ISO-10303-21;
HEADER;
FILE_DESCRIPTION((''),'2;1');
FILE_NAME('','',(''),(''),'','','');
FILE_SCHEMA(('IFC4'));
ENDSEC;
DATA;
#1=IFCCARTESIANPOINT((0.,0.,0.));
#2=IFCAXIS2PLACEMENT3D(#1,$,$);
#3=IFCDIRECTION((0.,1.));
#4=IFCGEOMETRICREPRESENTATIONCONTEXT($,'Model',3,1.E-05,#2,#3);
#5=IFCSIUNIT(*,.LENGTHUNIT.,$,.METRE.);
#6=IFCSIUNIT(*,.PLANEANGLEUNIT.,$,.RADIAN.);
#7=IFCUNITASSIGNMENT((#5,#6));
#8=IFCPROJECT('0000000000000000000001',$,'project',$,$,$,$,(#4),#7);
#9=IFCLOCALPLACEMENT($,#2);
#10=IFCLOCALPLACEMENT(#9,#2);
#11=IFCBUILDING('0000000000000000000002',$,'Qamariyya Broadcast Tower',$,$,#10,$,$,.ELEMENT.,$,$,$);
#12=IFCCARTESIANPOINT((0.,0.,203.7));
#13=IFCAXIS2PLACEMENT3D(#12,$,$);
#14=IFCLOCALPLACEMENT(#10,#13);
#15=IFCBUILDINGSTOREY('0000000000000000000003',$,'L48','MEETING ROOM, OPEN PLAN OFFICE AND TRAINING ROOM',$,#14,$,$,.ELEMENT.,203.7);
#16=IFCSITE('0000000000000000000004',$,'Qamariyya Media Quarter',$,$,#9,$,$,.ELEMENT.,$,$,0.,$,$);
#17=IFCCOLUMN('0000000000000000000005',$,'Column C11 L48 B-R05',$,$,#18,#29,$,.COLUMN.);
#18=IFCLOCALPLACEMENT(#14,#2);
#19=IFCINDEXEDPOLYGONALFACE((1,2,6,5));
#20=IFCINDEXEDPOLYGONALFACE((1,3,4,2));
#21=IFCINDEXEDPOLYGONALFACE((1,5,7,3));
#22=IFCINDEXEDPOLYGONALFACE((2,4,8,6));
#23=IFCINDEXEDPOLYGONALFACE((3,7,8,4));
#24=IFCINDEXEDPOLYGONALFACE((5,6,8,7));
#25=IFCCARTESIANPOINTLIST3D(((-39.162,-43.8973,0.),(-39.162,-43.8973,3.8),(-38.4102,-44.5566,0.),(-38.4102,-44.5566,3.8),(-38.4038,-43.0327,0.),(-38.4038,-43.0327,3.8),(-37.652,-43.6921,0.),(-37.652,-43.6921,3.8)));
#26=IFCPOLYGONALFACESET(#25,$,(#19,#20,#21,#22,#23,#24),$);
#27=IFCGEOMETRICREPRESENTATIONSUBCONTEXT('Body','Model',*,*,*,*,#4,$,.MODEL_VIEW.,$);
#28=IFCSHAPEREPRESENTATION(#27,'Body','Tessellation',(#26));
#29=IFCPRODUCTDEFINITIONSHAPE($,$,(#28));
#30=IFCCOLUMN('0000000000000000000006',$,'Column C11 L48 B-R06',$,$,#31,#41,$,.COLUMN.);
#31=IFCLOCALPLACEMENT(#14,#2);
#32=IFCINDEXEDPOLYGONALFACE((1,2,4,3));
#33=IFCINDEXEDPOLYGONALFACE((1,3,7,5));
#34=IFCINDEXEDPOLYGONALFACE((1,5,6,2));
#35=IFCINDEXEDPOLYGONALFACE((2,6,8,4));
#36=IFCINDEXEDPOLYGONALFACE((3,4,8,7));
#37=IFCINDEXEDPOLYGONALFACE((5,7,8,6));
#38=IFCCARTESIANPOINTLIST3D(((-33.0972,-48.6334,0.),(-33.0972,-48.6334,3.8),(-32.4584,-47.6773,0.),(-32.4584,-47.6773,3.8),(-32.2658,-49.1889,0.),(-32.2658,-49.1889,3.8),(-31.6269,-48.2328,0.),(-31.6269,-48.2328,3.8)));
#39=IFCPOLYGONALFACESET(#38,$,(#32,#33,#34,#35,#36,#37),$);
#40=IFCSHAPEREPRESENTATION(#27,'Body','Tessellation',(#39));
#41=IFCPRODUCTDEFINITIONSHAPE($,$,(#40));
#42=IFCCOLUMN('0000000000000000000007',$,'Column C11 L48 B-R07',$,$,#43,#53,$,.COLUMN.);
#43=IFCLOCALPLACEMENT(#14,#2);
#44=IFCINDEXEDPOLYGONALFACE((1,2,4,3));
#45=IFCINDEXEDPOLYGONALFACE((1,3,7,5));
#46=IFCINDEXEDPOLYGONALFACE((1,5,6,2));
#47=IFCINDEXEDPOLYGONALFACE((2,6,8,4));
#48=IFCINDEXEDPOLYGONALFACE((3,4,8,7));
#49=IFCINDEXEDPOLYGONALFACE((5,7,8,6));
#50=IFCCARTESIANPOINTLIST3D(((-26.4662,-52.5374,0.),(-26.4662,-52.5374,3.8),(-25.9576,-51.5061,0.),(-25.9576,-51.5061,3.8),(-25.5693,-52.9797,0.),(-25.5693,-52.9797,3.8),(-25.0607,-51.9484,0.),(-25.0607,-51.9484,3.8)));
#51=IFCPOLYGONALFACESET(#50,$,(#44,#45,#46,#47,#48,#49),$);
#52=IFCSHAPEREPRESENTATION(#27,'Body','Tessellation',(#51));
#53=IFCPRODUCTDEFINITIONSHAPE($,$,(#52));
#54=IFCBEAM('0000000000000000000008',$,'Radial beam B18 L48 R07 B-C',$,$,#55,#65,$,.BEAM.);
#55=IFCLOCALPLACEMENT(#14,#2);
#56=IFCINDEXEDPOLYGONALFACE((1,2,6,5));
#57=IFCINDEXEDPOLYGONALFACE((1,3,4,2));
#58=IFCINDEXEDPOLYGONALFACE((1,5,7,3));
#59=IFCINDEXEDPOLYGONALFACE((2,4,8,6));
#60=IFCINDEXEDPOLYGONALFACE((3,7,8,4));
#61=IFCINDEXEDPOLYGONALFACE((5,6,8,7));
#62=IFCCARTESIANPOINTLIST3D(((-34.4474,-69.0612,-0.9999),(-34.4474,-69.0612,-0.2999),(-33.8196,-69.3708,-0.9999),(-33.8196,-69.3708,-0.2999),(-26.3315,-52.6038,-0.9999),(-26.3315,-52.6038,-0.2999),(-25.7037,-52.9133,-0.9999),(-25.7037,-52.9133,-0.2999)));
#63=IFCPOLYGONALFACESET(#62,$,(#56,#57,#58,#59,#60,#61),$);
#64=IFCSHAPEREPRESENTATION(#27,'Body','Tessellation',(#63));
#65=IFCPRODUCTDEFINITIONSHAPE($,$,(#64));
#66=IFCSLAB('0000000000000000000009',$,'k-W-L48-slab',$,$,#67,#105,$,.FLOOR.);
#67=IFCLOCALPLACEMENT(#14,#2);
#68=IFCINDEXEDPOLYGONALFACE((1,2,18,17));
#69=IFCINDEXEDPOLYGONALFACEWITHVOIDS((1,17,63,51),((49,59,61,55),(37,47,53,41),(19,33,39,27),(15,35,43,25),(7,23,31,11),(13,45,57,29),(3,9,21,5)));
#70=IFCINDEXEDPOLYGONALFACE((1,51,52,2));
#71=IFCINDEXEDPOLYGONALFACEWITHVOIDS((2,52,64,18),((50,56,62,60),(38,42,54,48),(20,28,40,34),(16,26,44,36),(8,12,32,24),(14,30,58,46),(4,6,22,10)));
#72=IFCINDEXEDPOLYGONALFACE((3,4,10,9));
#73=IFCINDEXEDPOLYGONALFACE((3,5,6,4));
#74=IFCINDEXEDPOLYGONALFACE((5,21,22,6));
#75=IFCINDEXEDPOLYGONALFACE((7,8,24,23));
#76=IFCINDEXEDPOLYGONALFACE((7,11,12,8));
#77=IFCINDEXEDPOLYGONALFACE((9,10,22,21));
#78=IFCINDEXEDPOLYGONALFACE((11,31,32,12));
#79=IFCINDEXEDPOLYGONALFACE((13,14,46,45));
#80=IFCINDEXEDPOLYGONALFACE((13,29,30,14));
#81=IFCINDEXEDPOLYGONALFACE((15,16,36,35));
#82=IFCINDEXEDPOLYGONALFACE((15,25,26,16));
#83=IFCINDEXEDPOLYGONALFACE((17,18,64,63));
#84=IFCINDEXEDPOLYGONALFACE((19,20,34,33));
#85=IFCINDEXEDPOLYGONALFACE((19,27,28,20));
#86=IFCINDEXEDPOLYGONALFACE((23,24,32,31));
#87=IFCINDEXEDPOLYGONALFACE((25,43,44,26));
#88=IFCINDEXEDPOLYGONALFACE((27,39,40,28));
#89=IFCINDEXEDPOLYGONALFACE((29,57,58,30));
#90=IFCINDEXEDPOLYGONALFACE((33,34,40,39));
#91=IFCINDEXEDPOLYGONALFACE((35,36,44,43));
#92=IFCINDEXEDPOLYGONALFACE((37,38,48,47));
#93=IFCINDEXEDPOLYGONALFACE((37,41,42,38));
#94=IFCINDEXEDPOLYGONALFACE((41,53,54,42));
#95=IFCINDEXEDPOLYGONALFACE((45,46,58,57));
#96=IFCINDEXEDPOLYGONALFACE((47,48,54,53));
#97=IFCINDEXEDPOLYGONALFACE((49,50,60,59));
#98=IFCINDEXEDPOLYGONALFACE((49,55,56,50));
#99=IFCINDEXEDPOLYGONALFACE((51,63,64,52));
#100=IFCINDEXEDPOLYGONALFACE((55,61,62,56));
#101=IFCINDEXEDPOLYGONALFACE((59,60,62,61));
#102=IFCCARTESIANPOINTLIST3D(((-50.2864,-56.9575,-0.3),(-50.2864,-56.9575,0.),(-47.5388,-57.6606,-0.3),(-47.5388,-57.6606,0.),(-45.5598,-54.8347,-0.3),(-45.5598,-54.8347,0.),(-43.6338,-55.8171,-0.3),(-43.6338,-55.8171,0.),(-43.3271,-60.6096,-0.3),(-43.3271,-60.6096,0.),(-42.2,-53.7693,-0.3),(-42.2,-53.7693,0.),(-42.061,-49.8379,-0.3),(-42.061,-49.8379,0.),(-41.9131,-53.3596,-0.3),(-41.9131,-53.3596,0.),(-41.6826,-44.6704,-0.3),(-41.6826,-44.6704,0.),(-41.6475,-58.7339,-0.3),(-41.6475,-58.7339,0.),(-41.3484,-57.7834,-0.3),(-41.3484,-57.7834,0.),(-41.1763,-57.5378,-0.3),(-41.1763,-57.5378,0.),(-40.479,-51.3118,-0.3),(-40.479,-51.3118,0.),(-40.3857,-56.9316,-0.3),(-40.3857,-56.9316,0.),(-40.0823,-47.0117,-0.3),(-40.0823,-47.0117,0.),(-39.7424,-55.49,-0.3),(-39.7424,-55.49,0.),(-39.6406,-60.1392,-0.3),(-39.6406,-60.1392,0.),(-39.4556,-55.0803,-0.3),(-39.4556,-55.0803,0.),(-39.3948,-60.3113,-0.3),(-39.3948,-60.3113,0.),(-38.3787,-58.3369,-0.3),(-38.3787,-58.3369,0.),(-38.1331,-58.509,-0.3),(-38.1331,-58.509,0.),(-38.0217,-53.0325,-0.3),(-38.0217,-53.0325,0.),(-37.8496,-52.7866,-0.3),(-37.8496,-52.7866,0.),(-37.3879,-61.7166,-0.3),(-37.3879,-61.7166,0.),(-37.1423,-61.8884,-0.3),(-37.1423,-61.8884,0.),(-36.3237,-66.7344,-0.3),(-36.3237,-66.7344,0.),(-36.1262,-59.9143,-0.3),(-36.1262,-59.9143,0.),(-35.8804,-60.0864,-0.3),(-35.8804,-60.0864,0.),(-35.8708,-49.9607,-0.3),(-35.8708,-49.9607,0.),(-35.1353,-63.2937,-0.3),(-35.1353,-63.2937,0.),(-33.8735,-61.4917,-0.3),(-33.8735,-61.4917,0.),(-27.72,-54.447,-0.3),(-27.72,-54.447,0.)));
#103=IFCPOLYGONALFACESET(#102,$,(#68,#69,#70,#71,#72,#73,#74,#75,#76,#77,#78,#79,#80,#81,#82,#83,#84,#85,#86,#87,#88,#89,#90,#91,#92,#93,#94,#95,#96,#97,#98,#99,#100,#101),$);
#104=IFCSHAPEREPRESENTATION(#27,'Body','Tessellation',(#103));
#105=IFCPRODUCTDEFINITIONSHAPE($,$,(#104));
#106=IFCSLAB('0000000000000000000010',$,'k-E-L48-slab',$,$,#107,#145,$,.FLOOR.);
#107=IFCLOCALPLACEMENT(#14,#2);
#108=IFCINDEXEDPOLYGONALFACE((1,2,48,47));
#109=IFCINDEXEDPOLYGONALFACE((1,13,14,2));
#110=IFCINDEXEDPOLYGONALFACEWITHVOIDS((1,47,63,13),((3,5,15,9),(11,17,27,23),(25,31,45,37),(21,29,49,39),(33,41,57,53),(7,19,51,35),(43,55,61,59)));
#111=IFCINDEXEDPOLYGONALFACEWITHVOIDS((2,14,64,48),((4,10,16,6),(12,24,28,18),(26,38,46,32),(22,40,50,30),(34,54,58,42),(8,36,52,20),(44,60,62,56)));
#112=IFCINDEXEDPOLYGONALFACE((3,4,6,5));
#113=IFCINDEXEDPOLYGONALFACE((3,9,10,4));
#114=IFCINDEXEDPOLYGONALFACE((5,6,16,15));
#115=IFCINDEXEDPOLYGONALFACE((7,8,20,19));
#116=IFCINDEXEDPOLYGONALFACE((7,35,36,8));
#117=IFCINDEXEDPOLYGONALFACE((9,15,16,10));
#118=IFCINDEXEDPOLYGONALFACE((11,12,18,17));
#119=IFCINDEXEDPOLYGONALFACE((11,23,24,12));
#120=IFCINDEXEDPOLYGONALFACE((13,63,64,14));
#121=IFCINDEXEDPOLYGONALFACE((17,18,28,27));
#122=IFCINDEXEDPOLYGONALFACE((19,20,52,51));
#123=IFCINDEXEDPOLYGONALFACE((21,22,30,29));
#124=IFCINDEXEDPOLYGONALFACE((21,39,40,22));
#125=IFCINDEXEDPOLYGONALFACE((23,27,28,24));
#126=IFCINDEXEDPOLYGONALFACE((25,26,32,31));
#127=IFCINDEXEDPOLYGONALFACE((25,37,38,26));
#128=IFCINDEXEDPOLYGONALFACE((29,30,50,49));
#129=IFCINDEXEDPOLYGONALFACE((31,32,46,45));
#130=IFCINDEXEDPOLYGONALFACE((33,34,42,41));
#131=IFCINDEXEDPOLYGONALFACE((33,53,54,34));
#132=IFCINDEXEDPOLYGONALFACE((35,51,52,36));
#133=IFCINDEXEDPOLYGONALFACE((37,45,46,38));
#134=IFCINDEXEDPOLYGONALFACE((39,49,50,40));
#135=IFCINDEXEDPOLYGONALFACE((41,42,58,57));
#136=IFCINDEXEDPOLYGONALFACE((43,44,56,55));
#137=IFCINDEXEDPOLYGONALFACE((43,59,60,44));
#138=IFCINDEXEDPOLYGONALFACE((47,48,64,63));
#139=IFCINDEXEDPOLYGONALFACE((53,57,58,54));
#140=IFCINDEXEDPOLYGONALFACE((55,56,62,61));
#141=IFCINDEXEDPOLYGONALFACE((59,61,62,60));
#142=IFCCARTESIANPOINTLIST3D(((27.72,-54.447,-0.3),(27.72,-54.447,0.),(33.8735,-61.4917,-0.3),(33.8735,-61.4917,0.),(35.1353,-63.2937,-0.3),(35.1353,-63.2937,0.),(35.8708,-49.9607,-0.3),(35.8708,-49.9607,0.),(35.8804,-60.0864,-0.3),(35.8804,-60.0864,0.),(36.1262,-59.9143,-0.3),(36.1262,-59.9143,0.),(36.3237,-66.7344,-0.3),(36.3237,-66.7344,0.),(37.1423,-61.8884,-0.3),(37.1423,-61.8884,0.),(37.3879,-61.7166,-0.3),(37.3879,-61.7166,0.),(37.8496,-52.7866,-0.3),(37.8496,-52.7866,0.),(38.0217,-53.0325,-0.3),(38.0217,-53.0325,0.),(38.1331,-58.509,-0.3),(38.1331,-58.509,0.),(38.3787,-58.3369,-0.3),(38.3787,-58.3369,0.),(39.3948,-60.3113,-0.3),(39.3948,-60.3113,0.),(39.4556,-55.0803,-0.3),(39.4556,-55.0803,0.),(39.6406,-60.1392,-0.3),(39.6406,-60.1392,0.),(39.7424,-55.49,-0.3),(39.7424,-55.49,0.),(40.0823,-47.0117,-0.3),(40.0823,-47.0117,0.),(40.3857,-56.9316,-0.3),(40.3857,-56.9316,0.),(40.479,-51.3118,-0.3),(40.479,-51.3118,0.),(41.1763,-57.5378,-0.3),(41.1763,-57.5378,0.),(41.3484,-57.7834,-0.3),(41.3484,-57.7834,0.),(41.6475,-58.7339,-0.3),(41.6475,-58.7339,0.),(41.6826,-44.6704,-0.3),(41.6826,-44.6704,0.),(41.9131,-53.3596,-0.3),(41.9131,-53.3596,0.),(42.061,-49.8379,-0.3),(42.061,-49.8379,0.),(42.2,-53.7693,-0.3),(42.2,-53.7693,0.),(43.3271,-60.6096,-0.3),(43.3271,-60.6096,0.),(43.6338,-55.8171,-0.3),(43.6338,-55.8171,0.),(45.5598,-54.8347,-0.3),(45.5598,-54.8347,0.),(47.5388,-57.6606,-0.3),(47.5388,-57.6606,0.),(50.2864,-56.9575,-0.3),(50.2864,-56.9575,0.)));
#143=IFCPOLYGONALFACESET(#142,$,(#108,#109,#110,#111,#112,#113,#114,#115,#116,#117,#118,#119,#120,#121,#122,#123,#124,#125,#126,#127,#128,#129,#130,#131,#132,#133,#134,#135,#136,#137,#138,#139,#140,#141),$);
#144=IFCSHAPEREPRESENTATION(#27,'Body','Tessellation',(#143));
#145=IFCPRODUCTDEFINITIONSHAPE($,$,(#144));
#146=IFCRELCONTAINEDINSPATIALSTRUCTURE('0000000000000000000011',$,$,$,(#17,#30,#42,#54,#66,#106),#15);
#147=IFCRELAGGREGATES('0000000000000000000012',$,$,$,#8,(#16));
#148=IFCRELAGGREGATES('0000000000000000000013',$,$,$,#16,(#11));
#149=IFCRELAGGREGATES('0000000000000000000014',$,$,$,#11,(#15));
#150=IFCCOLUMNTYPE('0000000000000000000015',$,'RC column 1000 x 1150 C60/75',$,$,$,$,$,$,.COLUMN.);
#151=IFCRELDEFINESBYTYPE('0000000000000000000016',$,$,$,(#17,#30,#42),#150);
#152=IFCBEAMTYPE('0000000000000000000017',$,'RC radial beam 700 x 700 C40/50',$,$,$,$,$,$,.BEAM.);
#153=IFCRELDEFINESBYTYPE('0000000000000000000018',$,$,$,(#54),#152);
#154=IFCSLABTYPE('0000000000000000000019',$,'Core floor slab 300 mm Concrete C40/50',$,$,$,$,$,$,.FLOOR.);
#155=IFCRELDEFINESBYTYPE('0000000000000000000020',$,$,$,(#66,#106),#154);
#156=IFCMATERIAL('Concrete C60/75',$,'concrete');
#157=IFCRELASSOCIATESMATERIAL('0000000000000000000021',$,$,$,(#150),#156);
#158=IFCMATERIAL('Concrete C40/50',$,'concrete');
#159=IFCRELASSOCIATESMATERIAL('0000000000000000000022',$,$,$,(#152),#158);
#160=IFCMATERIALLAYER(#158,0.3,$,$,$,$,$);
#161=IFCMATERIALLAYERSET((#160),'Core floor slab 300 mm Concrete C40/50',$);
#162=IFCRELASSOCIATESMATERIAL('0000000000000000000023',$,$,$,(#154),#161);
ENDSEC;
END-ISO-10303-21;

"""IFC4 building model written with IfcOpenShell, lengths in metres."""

from ifc_helpers import new_model, si_unit, direction, frame, origin, origin_2d, place, context, subcontext, project, spatial, polyline, rectangle, outline, extrude, material, layer, layer_set, material_profile, profile_set, type_object, element, save


model = new_model("IFC4")

# Units and contexts
model_context = context("Model", 3, precision=1e-05, world=origin(), true_north=direction((0.0, 1.0)))
body_context = subcontext(model_context, "Body", "Model", "MODEL_VIEW")
ifc_project = project(units=[si_unit("LENGTHUNIT", "METRE"), si_unit("PLANEANGLEUNIT", "RADIAN")], contexts=[model_context])

# Site, building, storey
site_placement = place(None, origin())
site = spatial("IfcSite", under=ifc_project, at=site_placement, Name="Qamariyya Media Quarter", CompositionType="ELEMENT", RefElevation=0.0)
building_placement = place(site_placement, origin())
building = spatial("IfcBuilding", under=site, at=building_placement, Name="Qamariyya Broadcast Tower", CompositionType="ELEMENT")
storey_placement = place(building_placement, frame((0.0, 0.0, 203.7)))
storey = spatial("IfcBuildingStorey", under=building, at=storey_placement, Name="L48", Description="MEETING ROOM, OPEN PLAN OFFICE AND TRAINING ROOM", CompositionType="ELEMENT", Elevation=203.7)

# Columns
ifc_material_1 = material(Name="Concrete C60/75", Category="concrete")
ifc_material_profile_1 = material_profile(ifc_material_1, rectangle(XDim=1.0, YDim=1.1499, at=origin_2d()))
ifc_profile_set_1 = profile_set([ifc_material_profile_1], Name="Concrete C60/75")
column_type = type_object("IfcColumnType", Name="RC column 1000 x 1150 C60/75", PredefinedType="COLUMN", material=ifc_profile_set_1)
for number, where, z_axis, x_axis, name in (
    (1, (-38.407, -43.7947, 0.0), (0.0, 0.0, 1.0), (0.75184, -0.659346, 0.0), "Column C11 L48 B-R05"),
    (2, (-32.3621, -48.4331, 0.0), (0.0, 0.0, 1.0), (0.83147, -0.55557, 0.0), "Column C11 L48 B-R06"),
    (3, (-25.7634, -52.2429, 0.0), (0.0, 0.0, 1.0), (0.896873, -0.442289, 0.0), "Column C11 L48 B-R07"),
):
    element("IfcColumn", number, at=place(storey_placement, frame(where, z_axis=z_axis, x_axis=x_axis)), inside=storey, type_object=column_type, Name=name, PredefinedType="COLUMN", context=body_context, shape_type="SweptSolid", body=[
        extrude(rectangle(XDim=1.0, YDim=1.1499, at=origin_2d()), origin(), (0.0, 0.0, 1.0), 3.8),
    ])

# Beam
ifc_material_2 = material(Name="Concrete C40/50", Category="concrete")
ifc_material_profile_2 = material_profile(ifc_material_2, rectangle(XDim=0.7, YDim=0.7, at=origin_2d()))
ifc_profile_set_2 = profile_set([ifc_material_profile_2], Name="Concrete C40/50")
beam_type = type_object("IfcBeamType", Name="RC radial beam 700 x 700 C40/50", PredefinedType="BEAM", material=ifc_profile_set_2)
beam_placement = place(storey_placement, frame((-26.0176, -52.7585, -0.6499), z_axis=(-0.442289, -0.896872, 0.0), x_axis=(0.896872, -0.442289, 0.0)))
element("IfcBeam", 4, at=beam_placement, inside=storey, type_object=beam_type, Name="Radial beam B18 L48 R07 B-C", PredefinedType="BEAM", context=body_context, shape_type="SweptSolid", body=[
    extrude(rectangle(XDim=0.7, YDim=0.7, at=origin_2d()), origin(), (0.0, 0.0, 1.0), 18.3499),
])

# Slabs
ifc_layer_1 = layer(ifc_material_2, 0.3)
ifc_layer_set_1 = layer_set([ifc_layer_1], Name="Core floor slab 300 mm Concrete C40/50")
slab_type_1 = type_object("IfcSlabType", Name="Core floor slab 300 mm Concrete C40/50", PredefinedType="FLOOR", material=ifc_layer_set_1)
slab_1_placement = place(storey_placement, frame((0.0, 0.0, -0.3)))
element("IfcSlab", 5, at=slab_1_placement, inside=storey, type_object=slab_type_1, Name="k-W-L48-slab", PredefinedType="FLOOR", context=body_context, shape_type="SweptSolid", body=[
    extrude(outline(polyline([(-50.2864, -56.9575), (-36.3237, -66.7344), (-27.72, -54.447), (-41.6826, -44.6704), (-50.2864, -56.9575)]), holes=[polyline([(-33.8735, -61.4917), (-35.8804, -60.0864), (-37.1423, -61.8884), (-35.1353, -63.2937), (-33.8735, -61.4917)]), polyline([(-36.1262, -59.9143), (-38.1331, -58.509), (-39.3948, -60.3113), (-37.3879, -61.7166), (-36.1262, -59.9143)]), polyline([(-38.3787, -58.3369), (-40.3857, -56.9316), (-41.6475, -58.7339), (-39.6406, -60.1392), (-38.3787, -58.3369)]), polyline([(-39.7424, -55.49), (-42.2, -53.7693), (-43.6338, -55.8171), (-41.1763, -57.5378), (-39.7424, -55.49)]), polyline([(-39.4556, -55.0803), (-41.9131, -53.3596), (-40.479, -51.3118), (-38.0217, -53.0325), (-39.4556, -55.0803)]), polyline([(-42.061, -49.8379), (-37.8496, -52.7866), (-35.8708, -49.9607), (-40.0823, -47.0117), (-42.061, -49.8379)]), polyline([(-47.5388, -57.6606), (-43.3271, -60.6096), (-41.3484, -57.7834), (-45.5598, -54.8347), (-47.5388, -57.6606)])]), origin(), (0.0, 0.0, 1.0), 0.3),
])
slab_2_placement = place(storey_placement, frame((0.0, 0.0, -0.3)))
element("IfcSlab", 6, at=slab_2_placement, inside=storey, type_object=slab_type_1, Name="k-E-L48-slab", PredefinedType="FLOOR", context=body_context, shape_type="SweptSolid", body=[
    extrude(outline(polyline([(36.3237, -66.7344), (50.2864, -56.9575), (41.6826, -44.6704), (27.72, -54.447), (36.3237, -66.7344)]), holes=[polyline([(33.8735, -61.4917), (35.8804, -60.0864), (37.1423, -61.8884), (35.1353, -63.2937), (33.8735, -61.4917)]), polyline([(36.1262, -59.9143), (38.1331, -58.509), (39.3948, -60.3113), (37.3879, -61.7166), (36.1262, -59.9143)]), polyline([(38.3787, -58.3369), (40.3857, -56.9316), (41.6475, -58.7339), (39.6406, -60.1392), (38.3787, -58.3369)]), polyline([(39.7424, -55.49), (42.2, -53.7693), (43.6338, -55.8171), (41.1763, -57.5378), (39.7424, -55.49)]), polyline([(39.4556, -55.0803), (41.9131, -53.3596), (40.479, -51.3118), (38.0217, -53.0325), (39.4556, -55.0803)]), polyline([(40.0823, -47.0117), (35.8708, -49.9607), (37.8496, -52.7866), (42.061, -49.8379), (40.0823, -47.0117)]), polyline([(45.5598, -54.8347), (41.3484, -57.7834), (43.3271, -60.6096), (47.5388, -57.6606), (45.5598, -54.8347)])]), origin(), (0.0, 0.0, 1.0), 0.3),
])

save(model, "model.ifc")
